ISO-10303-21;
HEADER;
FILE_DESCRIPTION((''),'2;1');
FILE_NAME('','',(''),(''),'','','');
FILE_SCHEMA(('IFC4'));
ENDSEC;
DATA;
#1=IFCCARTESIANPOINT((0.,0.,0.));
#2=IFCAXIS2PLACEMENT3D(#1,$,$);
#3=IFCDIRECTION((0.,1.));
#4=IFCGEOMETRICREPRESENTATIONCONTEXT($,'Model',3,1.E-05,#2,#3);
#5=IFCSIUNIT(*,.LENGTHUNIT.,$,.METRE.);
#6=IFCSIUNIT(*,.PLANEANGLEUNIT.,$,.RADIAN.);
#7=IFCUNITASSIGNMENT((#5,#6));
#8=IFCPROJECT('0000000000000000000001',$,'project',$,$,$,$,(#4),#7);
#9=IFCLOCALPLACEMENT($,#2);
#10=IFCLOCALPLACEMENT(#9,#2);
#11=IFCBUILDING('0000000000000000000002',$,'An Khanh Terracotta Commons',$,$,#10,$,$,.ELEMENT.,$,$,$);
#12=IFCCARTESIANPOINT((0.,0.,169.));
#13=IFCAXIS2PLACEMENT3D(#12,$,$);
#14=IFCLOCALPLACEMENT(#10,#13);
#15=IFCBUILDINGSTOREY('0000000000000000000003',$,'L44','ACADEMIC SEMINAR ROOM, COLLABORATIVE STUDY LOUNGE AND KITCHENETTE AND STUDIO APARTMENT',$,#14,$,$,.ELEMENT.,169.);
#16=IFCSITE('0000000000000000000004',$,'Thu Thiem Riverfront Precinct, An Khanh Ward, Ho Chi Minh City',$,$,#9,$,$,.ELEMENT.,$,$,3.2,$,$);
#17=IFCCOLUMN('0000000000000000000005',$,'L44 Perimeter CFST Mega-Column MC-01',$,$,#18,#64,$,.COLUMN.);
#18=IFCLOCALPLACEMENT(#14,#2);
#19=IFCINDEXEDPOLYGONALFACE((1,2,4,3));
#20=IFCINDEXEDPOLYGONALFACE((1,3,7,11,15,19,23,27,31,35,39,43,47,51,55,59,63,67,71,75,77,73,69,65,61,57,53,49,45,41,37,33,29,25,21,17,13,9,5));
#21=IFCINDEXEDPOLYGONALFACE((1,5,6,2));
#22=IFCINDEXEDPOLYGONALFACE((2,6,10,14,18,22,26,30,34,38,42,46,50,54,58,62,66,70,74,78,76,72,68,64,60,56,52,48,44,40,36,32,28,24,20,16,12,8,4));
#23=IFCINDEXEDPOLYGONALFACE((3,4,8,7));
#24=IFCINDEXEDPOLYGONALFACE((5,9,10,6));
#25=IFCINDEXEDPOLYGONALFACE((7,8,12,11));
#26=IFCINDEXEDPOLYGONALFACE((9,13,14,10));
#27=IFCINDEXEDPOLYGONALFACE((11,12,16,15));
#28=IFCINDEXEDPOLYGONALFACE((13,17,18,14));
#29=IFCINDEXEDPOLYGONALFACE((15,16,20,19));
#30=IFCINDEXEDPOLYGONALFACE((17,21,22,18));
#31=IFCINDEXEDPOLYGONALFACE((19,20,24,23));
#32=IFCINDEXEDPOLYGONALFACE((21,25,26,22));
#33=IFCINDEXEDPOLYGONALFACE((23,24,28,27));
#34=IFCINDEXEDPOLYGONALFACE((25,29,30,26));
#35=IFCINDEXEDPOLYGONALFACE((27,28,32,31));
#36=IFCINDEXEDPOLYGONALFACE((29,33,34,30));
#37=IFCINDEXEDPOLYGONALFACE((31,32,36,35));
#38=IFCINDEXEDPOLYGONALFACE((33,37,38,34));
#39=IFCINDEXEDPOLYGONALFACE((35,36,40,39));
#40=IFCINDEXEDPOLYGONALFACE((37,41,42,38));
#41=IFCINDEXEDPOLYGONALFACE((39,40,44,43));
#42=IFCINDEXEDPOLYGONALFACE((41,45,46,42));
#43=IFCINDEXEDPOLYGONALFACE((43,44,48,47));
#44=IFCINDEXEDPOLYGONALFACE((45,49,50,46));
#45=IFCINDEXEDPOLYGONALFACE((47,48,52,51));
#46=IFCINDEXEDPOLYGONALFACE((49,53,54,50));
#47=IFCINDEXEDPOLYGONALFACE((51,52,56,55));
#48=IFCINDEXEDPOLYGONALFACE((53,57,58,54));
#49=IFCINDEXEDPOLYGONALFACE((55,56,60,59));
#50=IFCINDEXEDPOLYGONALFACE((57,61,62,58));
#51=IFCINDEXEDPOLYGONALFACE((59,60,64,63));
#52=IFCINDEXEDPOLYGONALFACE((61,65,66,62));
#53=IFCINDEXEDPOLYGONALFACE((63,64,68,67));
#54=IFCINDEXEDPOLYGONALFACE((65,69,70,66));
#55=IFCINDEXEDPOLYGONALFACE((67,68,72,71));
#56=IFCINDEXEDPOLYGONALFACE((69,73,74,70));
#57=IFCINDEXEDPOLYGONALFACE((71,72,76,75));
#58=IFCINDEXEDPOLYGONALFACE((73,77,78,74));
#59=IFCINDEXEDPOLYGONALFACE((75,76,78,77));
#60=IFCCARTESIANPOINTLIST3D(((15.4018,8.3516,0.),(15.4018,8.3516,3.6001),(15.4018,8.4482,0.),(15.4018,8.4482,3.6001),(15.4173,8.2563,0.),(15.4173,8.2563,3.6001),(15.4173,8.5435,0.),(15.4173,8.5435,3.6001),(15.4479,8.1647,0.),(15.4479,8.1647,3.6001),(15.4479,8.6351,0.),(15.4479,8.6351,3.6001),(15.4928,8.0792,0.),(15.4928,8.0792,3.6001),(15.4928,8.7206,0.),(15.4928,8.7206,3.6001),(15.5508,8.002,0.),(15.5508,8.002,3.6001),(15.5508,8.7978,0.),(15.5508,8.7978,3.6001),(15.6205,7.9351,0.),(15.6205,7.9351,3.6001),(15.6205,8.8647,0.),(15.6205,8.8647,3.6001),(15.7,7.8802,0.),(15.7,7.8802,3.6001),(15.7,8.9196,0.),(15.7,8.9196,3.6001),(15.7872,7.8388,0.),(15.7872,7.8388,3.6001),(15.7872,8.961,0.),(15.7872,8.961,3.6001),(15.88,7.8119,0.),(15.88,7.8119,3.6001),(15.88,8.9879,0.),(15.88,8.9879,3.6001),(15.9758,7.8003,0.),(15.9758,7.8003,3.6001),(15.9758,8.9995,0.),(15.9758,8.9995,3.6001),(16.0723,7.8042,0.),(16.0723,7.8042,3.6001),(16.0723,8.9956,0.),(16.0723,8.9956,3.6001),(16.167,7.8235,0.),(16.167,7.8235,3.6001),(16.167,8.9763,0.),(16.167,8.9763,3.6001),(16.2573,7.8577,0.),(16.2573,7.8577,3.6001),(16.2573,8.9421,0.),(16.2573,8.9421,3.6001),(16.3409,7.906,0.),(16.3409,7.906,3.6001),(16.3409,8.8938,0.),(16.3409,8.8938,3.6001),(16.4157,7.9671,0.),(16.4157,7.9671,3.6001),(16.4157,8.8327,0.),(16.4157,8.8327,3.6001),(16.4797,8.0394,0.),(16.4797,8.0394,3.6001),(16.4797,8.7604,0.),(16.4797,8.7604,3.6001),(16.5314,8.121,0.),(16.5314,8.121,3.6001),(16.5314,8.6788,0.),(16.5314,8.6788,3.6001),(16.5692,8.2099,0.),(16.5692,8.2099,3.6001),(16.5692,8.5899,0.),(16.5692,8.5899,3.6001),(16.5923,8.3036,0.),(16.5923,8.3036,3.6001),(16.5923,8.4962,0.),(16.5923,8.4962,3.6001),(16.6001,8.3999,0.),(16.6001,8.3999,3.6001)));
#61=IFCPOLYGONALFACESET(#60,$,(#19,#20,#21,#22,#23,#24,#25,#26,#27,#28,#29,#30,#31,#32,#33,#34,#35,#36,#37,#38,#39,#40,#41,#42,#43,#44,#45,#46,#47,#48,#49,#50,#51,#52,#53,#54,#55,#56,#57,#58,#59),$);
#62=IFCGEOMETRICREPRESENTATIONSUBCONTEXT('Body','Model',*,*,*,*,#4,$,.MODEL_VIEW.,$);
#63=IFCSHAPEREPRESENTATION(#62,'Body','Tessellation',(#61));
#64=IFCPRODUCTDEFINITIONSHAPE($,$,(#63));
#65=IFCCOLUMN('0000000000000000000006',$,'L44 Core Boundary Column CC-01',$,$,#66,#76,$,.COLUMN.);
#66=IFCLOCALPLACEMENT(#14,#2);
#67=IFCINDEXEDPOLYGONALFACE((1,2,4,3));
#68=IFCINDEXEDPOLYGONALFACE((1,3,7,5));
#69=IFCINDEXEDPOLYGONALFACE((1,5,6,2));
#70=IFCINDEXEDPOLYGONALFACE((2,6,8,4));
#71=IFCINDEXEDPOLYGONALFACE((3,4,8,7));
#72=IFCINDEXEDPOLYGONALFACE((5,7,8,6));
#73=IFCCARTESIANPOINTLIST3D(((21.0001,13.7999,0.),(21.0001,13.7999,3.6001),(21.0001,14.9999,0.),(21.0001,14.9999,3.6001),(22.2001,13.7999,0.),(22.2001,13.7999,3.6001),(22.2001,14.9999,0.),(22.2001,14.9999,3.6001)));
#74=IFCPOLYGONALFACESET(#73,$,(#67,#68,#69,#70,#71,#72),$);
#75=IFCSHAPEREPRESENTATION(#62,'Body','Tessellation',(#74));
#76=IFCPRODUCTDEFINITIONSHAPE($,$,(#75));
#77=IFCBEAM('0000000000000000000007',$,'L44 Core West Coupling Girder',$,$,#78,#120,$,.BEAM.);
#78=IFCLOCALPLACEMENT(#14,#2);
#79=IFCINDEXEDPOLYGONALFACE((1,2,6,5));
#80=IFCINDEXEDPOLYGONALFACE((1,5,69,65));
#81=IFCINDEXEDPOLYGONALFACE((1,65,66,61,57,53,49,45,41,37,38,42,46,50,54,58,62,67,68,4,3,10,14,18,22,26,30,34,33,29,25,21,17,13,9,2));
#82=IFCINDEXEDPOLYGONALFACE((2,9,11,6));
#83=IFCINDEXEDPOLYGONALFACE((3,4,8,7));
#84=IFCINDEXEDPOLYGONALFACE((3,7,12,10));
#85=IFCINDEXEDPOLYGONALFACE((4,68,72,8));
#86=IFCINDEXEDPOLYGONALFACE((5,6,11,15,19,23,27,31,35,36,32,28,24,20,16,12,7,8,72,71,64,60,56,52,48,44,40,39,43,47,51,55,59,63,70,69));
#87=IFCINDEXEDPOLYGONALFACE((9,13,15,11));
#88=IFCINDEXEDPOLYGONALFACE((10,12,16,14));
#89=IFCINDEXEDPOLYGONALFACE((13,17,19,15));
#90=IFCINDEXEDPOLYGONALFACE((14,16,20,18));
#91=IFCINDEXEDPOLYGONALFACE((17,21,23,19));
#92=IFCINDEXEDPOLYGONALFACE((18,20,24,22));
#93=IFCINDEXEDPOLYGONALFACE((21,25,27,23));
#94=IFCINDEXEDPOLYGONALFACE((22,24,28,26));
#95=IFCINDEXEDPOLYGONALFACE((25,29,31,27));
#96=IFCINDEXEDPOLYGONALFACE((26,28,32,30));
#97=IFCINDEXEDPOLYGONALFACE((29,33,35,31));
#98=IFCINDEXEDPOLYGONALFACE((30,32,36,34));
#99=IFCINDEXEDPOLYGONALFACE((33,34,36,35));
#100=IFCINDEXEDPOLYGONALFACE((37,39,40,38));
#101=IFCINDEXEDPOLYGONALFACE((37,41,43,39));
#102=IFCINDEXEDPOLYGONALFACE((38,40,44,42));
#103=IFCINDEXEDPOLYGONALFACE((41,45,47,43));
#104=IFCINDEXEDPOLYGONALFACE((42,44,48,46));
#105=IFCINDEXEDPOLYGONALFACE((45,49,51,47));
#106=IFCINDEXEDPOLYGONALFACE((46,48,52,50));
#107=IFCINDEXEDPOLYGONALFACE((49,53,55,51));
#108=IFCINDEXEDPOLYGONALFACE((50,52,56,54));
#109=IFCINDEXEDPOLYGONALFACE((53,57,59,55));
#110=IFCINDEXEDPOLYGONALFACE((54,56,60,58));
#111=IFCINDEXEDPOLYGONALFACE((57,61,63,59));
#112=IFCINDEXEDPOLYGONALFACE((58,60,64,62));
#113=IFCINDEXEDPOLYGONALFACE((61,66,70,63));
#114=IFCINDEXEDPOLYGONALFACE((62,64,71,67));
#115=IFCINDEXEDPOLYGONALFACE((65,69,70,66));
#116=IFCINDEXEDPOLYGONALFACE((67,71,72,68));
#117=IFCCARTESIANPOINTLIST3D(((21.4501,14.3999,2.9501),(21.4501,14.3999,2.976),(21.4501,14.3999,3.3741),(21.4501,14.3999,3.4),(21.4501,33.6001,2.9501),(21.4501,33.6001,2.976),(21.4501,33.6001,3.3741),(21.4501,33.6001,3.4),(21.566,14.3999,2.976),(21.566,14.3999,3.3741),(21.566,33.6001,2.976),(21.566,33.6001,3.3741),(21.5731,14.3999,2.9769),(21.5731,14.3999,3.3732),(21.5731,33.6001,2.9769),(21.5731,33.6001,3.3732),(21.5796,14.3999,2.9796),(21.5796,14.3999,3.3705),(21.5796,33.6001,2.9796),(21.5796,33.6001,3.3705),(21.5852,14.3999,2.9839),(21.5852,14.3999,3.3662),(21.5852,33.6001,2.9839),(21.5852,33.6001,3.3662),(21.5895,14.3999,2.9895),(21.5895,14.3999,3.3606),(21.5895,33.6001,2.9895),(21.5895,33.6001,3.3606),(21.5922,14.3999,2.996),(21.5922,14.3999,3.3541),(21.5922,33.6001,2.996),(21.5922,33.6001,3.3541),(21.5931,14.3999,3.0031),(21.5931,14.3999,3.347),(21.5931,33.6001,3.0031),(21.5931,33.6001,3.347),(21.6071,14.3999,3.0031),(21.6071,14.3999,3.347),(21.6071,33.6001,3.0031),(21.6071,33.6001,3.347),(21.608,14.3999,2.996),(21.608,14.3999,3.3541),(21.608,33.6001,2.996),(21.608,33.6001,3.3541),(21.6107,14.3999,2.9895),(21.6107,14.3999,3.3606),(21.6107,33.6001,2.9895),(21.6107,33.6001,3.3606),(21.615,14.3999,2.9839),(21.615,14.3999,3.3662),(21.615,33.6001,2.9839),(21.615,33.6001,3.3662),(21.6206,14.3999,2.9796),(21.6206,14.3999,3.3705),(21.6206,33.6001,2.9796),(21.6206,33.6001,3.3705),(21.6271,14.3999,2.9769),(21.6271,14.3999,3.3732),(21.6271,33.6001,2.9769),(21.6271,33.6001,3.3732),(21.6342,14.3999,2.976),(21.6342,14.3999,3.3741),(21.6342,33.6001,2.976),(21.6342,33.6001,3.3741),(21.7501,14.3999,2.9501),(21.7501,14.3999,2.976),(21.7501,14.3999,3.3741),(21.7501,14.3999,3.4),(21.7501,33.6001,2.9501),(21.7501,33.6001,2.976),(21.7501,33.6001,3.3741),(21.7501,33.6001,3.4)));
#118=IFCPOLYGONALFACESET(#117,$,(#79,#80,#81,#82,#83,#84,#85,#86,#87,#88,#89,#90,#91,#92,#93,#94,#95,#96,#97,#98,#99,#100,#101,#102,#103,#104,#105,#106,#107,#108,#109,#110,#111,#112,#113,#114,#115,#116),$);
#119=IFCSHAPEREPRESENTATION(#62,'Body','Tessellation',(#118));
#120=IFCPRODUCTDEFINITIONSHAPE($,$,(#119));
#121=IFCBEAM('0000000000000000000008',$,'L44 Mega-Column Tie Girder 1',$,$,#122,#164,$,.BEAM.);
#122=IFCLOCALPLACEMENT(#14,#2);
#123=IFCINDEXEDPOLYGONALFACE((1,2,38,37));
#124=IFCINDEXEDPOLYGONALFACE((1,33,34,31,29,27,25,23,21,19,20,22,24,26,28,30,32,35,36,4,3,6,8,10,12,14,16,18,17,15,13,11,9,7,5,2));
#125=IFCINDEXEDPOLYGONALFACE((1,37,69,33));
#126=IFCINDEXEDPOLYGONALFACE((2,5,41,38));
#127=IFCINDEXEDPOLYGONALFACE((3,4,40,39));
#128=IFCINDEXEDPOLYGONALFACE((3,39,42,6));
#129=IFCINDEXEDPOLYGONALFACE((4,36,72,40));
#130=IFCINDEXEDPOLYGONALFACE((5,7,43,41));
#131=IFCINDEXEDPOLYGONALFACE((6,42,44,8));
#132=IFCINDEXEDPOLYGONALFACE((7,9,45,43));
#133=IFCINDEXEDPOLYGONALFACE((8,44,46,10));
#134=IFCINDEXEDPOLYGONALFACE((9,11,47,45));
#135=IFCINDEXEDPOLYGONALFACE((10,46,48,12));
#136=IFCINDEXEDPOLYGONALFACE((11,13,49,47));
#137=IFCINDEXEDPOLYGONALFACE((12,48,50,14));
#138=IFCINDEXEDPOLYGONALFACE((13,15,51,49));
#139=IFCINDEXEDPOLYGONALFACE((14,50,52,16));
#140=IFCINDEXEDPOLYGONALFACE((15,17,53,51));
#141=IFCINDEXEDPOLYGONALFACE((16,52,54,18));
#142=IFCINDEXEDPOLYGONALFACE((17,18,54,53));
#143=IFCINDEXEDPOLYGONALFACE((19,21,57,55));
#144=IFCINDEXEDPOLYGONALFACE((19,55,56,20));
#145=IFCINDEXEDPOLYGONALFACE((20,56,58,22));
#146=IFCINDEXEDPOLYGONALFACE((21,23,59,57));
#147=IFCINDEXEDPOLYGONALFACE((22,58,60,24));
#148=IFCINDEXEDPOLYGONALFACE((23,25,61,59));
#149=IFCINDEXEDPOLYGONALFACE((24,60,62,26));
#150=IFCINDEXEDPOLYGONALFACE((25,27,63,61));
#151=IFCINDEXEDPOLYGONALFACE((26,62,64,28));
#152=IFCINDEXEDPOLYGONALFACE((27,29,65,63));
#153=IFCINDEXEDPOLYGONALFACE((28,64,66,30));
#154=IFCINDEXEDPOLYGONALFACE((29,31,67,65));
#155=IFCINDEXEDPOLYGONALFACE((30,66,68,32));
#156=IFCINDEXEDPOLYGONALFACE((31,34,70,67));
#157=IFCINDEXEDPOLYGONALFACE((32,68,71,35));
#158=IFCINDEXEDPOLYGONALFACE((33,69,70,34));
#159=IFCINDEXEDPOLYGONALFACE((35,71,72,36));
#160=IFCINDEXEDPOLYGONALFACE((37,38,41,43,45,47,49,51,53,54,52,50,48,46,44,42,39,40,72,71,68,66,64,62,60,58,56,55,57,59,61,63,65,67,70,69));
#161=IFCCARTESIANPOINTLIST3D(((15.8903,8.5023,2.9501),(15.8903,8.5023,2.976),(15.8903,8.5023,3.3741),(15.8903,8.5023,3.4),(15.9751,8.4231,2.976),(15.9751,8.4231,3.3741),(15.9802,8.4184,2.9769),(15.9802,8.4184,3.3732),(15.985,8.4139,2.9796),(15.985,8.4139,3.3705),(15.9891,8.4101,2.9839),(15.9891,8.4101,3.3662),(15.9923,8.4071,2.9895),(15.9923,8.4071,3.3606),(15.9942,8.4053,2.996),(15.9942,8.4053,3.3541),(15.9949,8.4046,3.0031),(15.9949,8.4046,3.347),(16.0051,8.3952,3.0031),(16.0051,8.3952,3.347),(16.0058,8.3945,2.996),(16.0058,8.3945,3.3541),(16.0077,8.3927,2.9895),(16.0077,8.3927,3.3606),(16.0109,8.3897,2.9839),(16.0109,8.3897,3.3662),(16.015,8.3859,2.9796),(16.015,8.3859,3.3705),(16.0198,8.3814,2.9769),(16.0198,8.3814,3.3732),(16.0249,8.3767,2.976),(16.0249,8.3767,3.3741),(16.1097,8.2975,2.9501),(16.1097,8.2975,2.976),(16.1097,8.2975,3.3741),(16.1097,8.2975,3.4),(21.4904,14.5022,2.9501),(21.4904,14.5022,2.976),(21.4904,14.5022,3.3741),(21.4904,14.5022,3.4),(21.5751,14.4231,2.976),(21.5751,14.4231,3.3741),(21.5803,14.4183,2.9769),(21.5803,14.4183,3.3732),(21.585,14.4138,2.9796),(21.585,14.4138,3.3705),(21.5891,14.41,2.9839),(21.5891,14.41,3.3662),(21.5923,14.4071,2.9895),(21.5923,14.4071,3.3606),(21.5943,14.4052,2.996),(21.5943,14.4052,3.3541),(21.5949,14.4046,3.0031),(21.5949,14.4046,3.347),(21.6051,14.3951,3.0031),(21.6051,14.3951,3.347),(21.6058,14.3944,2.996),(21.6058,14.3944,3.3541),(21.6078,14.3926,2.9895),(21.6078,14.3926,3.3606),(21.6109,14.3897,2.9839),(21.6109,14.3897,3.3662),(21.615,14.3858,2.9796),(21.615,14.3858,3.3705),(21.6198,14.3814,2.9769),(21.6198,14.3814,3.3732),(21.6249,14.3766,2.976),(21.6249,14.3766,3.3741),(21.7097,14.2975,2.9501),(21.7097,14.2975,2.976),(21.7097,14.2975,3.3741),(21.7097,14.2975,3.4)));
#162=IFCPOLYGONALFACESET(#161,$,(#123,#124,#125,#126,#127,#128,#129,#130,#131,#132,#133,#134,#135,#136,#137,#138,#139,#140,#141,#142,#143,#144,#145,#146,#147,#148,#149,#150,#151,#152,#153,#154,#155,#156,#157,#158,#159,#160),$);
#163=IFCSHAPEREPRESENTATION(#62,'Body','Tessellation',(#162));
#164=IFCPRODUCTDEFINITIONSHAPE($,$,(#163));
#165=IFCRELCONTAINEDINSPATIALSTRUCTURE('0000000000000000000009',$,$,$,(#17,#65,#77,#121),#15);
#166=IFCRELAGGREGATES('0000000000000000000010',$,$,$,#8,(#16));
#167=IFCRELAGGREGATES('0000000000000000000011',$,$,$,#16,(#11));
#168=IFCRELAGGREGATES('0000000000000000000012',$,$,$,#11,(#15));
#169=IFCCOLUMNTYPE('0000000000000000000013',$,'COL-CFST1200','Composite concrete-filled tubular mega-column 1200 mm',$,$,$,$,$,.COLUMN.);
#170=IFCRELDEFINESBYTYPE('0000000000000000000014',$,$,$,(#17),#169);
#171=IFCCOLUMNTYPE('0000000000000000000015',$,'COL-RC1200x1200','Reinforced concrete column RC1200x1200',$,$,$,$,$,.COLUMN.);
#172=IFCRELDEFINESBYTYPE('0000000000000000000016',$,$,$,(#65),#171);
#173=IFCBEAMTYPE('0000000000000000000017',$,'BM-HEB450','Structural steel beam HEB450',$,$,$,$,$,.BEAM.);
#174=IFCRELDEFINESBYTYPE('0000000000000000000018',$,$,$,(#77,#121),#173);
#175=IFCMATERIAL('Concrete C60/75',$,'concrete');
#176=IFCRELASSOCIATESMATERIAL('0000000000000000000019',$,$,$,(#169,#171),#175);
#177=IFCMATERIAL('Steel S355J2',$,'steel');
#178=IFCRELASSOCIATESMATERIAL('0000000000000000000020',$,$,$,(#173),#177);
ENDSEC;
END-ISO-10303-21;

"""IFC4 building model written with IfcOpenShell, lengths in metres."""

from ifc_helpers import new_model, si_unit, direction, frame, origin, origin_2d, place, context, subcontext, project, spatial, rectangle, circle, i_section, extrude, material, material_profile, profile_set, type_object, element, save


model = new_model("IFC4")

# Units and contexts
model_context = context("Model", 3, precision=1e-05, world=origin(), true_north=direction((0.0, 1.0)))
body_context = subcontext(model_context, "Body", "Model", "MODEL_VIEW")
ifc_project = project(units=[si_unit("LENGTHUNIT", "METRE"), si_unit("PLANEANGLEUNIT", "RADIAN")], contexts=[model_context])

# Site, building, storey
site_placement = place(None, origin())
site = spatial("IfcSite", under=ifc_project, at=site_placement, Name="Thu Thiem Riverfront Precinct, An Khanh Ward, Ho Chi Minh City", CompositionType="ELEMENT", RefElevation=3.2)
building_placement = place(site_placement, origin())
building = spatial("IfcBuilding", under=site, at=building_placement, Name="An Khanh Terracotta Commons", CompositionType="ELEMENT")
storey_placement = place(building_placement, frame((0.0, 0.0, 169.0)))
storey = spatial("IfcBuildingStorey", under=building, at=storey_placement, Name="L44", Description="ACADEMIC SEMINAR ROOM, COLLABORATIVE STUDY LOUNGE AND KITCHENETTE AND STUDIO APARTMENT", CompositionType="ELEMENT", Elevation=169.0)

# Columns
ifc_material_1 = material(Name="Concrete C60/75", Category="concrete")
ifc_material_profile_1 = material_profile(ifc_material_1, circle(Radius=0.6001, at=origin_2d()), Name="CFST1200")
ifc_profile_set_1 = profile_set([ifc_material_profile_1], Name="Concrete C60/75")
column_type_1 = type_object("IfcColumnType", Name="COL-CFST1200", Description="Composite concrete-filled tubular mega-column 1200 mm", PredefinedType="COLUMN", material=ifc_profile_set_1)
column_1_placement = place(storey_placement, frame((16.0, 8.3999, 0.0), z_axis=(0.0, 0.0, 1.0), x_axis=(1.0, 0.0, 0.0)))
element("IfcColumn", 1, at=column_1_placement, inside=storey, type_object=column_type_1, Name="L44 Perimeter CFST Mega-Column MC-01", PredefinedType="COLUMN", context=body_context, shape_type="SweptSolid", body=[
    extrude(circle(Radius=0.6001, at=origin_2d()), origin(), (0.0, 0.0, 1.0), 3.6001),
])
ifc_material_profile_2 = material_profile(ifc_material_1, rectangle(XDim=1.2, YDim=1.2, at=origin_2d()), Name="RC1200x1200")
ifc_profile_set_2 = profile_set([ifc_material_profile_2], Name="Concrete C60/75")
column_type_2 = type_object("IfcColumnType", Name="COL-RC1200x1200", Description="Reinforced concrete column RC1200x1200", PredefinedType="COLUMN", material=ifc_profile_set_2)
column_2_placement = place(storey_placement, frame((21.6001, 14.3999, 0.0), z_axis=(0.0, 0.0, 1.0), x_axis=(1.0, 0.0, 0.0)))
element("IfcColumn", 2, at=column_2_placement, inside=storey, type_object=column_type_2, Name="L44 Core Boundary Column CC-01", PredefinedType="COLUMN", context=body_context, shape_type="SweptSolid", body=[
    extrude(rectangle(XDim=1.2, YDim=1.2, at=origin_2d()), origin(), (0.0, 0.0, 1.0), 3.6001),
])

# Beams
ifc_material_2 = material(Name="Steel S355J2", Category="steel")
ifc_material_profile_3 = material_profile(ifc_material_2, i_section(OverallWidth=0.3, OverallDepth=0.45, WebThickness=0.0139, FlangeThickness=0.0259, FilletRadius=0.0271, at=origin_2d()), Name="HEB450")
ifc_profile_set_3 = profile_set([ifc_material_profile_3], Name="Steel S355J2")
beam_type_1 = type_object("IfcBeamType", Name="BM-HEB450", Description="Structural steel beam HEB450", PredefinedType="BEAM", material=ifc_profile_set_3)
beam_1_placement = place(storey_placement, frame((21.6001, 14.3999, 3.175), z_axis=(0.0, 1.0, 0.0), x_axis=(-1.0, 0.0, 0.0)))
element("IfcBeam", 3, at=beam_1_placement, inside=storey, type_object=beam_type_1, Name="L44 Core West Coupling Girder", PredefinedType="BEAM", context=body_context, shape_type="SweptSolid", body=[
    extrude(i_section(OverallWidth=0.3, OverallDepth=0.45, WebThickness=0.0139, FlangeThickness=0.0259, FilletRadius=0.0271, at=origin_2d()), origin(), (0.0, 0.0, 1.0), 19.2002),
])
beam_2_placement = place(storey_placement, frame((16.0, 8.3999, 3.175), z_axis=(0.682325, 0.731049, 0.0), x_axis=(-0.731049, 0.682325, 0.0)))
element("IfcBeam", 4, at=beam_2_placement, inside=storey, type_object=beam_type_1, Name="L44 Mega-Column Tie Girder 1", PredefinedType="BEAM", context=body_context, shape_type="SweptSolid", body=[
    extrude(i_section(OverallWidth=0.3, OverallDepth=0.45, WebThickness=0.0139, FlangeThickness=0.0259, FilletRadius=0.0271, at=origin_2d()), origin(), (0.0, 0.0, 1.0), 8.2073),
])

save(model, "model.ifc")
